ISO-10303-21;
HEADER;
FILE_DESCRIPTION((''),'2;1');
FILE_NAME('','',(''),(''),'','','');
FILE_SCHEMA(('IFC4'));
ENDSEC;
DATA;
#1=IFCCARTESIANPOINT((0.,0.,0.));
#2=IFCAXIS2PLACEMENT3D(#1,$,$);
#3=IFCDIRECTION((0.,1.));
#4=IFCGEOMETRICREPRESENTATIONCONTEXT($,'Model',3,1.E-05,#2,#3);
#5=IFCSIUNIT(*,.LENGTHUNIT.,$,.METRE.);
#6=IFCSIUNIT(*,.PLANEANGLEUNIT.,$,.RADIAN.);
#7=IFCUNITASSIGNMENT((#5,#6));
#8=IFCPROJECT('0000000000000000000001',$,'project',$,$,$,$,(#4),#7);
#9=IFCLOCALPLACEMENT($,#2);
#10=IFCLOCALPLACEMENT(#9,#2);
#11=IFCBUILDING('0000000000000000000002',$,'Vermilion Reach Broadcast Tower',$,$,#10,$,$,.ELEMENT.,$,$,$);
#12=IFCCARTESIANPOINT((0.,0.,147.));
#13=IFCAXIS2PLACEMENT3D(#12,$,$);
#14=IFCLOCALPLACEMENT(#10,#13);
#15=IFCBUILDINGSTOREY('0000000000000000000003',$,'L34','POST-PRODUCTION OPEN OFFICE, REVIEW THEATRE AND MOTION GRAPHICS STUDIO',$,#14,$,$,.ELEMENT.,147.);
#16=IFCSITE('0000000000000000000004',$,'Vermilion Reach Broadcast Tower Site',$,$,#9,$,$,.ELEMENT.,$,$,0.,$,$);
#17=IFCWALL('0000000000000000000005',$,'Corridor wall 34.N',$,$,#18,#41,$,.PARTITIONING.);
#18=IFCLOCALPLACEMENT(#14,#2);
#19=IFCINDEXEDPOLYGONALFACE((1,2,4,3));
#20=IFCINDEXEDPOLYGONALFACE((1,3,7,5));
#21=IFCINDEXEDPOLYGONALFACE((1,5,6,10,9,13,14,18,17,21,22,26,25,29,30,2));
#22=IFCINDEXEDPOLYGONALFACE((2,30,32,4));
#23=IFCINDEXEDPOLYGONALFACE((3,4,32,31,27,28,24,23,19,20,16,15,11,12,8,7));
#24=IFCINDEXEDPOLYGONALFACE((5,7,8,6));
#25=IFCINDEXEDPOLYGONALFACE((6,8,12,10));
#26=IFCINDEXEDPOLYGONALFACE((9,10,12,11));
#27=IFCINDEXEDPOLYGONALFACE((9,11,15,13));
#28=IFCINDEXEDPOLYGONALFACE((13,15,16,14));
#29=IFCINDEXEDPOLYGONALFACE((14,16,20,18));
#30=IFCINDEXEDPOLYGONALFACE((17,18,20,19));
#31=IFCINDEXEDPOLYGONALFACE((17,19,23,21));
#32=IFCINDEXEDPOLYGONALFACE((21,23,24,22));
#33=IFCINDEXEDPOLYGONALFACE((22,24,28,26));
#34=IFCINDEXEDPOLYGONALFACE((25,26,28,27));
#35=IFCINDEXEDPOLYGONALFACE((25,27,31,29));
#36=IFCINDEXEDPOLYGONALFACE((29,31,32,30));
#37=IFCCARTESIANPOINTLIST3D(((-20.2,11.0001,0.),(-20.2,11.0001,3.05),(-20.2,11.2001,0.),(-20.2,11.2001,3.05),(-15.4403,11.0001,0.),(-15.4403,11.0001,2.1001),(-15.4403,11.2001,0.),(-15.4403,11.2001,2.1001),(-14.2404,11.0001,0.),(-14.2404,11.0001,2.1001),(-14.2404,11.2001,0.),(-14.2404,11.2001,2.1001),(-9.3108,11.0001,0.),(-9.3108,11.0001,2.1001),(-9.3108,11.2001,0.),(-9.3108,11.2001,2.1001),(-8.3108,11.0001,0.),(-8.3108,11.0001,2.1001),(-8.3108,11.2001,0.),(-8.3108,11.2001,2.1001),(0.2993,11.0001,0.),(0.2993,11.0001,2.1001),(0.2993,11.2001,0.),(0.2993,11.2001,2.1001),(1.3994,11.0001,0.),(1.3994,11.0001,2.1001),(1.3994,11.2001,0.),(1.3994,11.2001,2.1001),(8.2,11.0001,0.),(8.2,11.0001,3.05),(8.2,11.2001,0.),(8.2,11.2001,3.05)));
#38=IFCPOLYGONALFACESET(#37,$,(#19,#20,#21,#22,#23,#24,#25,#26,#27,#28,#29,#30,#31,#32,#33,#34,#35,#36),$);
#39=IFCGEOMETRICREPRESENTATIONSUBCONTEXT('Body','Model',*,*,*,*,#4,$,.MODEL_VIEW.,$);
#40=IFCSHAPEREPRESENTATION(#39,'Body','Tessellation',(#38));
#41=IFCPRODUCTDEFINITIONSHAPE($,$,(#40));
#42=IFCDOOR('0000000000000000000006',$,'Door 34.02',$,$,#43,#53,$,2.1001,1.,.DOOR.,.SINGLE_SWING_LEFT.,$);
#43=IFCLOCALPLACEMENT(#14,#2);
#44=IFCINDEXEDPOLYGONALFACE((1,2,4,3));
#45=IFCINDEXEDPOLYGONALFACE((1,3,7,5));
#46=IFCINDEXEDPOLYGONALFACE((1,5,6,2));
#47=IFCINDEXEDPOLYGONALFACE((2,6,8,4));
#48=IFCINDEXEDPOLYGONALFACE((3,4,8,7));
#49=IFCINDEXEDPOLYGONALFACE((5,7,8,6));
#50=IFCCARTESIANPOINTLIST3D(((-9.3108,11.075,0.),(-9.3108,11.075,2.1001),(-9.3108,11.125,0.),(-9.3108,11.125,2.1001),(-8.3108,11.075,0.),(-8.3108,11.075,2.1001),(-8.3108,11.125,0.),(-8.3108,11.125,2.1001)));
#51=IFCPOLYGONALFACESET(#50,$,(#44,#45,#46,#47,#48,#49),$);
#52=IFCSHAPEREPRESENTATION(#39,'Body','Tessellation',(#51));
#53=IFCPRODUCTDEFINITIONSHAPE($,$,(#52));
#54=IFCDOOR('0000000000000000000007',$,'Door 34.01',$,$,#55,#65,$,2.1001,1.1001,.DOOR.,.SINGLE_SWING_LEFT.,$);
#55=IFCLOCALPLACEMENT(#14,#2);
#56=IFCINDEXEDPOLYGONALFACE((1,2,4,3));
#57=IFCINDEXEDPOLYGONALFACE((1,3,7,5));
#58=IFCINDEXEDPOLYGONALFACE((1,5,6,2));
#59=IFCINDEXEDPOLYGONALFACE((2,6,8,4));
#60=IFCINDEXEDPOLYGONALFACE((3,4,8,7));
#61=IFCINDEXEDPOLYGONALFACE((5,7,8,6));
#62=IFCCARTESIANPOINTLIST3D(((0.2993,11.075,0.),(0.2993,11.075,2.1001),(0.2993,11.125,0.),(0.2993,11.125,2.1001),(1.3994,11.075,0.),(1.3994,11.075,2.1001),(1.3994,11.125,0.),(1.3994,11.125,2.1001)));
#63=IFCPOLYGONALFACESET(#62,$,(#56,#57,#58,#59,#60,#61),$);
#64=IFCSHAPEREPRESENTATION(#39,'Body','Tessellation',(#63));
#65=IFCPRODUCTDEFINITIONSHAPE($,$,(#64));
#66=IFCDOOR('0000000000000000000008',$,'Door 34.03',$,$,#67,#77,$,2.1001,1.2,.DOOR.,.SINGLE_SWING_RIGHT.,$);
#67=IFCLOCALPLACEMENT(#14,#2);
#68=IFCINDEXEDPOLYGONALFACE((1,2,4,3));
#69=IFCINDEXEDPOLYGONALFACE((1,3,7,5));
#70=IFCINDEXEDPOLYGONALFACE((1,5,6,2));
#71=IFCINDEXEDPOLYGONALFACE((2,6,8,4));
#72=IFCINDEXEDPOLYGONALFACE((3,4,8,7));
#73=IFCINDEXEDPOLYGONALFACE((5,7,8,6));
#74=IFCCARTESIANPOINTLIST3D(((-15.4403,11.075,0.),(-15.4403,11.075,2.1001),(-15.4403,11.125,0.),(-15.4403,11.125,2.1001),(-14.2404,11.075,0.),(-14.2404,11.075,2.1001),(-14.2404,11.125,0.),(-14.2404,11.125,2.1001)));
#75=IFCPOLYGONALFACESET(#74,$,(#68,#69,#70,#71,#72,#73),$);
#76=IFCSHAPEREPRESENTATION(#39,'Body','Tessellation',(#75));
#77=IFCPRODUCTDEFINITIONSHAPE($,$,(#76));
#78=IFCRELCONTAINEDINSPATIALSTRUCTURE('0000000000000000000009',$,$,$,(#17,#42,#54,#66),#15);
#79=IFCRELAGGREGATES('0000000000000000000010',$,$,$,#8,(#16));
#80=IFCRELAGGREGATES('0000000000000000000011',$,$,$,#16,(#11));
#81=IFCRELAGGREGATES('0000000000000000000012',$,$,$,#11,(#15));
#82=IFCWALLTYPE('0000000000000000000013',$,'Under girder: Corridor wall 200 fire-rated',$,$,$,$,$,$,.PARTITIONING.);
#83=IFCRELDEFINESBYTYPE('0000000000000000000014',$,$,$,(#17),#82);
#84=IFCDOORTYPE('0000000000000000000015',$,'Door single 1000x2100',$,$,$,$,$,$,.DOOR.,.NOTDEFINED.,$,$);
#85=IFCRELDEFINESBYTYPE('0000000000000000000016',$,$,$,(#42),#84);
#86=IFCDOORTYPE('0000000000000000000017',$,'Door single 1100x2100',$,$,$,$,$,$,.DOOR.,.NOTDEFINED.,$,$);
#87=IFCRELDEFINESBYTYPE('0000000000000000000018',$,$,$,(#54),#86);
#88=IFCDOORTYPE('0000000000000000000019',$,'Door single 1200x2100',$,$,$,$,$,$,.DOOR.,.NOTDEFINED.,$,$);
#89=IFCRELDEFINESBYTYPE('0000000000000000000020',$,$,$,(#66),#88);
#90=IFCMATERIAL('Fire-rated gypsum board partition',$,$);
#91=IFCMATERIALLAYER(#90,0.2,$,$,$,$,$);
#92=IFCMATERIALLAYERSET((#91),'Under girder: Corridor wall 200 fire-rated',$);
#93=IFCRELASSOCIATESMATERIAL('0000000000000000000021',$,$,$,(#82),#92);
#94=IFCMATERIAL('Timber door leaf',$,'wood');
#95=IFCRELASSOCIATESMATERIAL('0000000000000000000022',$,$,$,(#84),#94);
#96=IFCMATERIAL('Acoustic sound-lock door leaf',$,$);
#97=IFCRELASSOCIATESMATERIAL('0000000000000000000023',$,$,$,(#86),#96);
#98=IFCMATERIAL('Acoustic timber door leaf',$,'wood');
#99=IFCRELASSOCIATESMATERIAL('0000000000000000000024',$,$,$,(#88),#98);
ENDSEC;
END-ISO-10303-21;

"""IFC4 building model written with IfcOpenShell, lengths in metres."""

from ifc_helpers import new_model, si_unit, direction, frame, frame_2d, origin, place, context, subcontext, project, spatial, rectangle, extrude, material, layer, layer_set, type_object, element, fill, save


model = new_model("IFC4")

# Units and contexts
model_context = context("Model", 3, precision=1e-05, world=origin(), true_north=direction((0.0, 1.0)))
body_context = subcontext(model_context, "Body", "Model", "MODEL_VIEW")
ifc_project = project(units=[si_unit("LENGTHUNIT", "METRE"), si_unit("PLANEANGLEUNIT", "RADIAN")], contexts=[model_context])

# Site, building, storey
site_placement = place(None, origin())
site = spatial("IfcSite", under=ifc_project, at=site_placement, Name="Vermilion Reach Broadcast Tower Site", CompositionType="ELEMENT", RefElevation=0.0)
building_placement = place(site_placement, origin())
building = spatial("IfcBuilding", under=site, at=building_placement, Name="Vermilion Reach Broadcast Tower", CompositionType="ELEMENT")
storey_placement = place(building_placement, frame((0.0, 0.0, 147.0)))
storey = spatial("IfcBuildingStorey", under=building, at=storey_placement, Name="L34", Description="POST-PRODUCTION OPEN OFFICE, REVIEW THEATRE AND MOTION GRAPHICS STUDIO", CompositionType="ELEMENT", Elevation=147.0)

# Wall, openings, doors
ifc_material_1 = material(Name="Fire-rated gypsum board partition")
ifc_layer_1 = layer(ifc_material_1, 0.2)
ifc_layer_set_1 = layer_set([ifc_layer_1], Name="Under girder: Corridor wall 200 fire-rated")
wall_type_1 = type_object("IfcWallType", Name="Under girder: Corridor wall 200 fire-rated", PredefinedType="PARTITIONING", material=ifc_layer_set_1)
wall_1_placement = place(storey_placement, frame((-20.2, 11.1001, 0.0), z_axis=(0.0, 0.0, 1.0), x_axis=(1.0, 0.0, 0.0)))
wall_1 = element("IfcWall", 1, at=wall_1_placement, inside=storey, type_object=wall_type_1, Name="Corridor wall 34.N", PredefinedType="PARTITIONING", context=body_context, shape_type="SweptSolid", body=[
    extrude(rectangle(XDim=28.3999, YDim=0.2, at=frame_2d((14.2, 0.0))), origin(), (0.0, 0.0, 1.0), 3.05),
])
opening_1_placement = place(wall_1_placement, frame((20.4993, 0.0, 0.0)))
opening_1 = element("IfcOpeningElement", 2, at=opening_1_placement, cuts=wall_1, PredefinedType="OPENING", context=body_context, shape_type="SweptSolid", body=[
    extrude(rectangle(XDim=1.1001, YDim=2.1001, at=frame_2d((0.55, 1.05))), frame((0.0, 0.1099, 0.0), z_axis=(0.0, -1.0, 0.0), x_axis=(1.0, 0.0, 0.0)), (0.0, 0.0, 1.0), 0.22),
])
opening_2_placement = place(wall_1_placement, frame((10.8892, 0.0, 0.0)))
opening_2 = element("IfcOpeningElement", 3, at=opening_2_placement, cuts=wall_1, PredefinedType="OPENING", context=body_context, shape_type="SweptSolid", body=[
    extrude(rectangle(XDim=1.0, YDim=2.1001, at=frame_2d((0.5, 1.05))), frame((0.0, 0.1099, 0.0), z_axis=(0.0, -1.0, 0.0), x_axis=(1.0, 0.0, 0.0)), (0.0, 0.0, 1.0), 0.22),
])
opening_3_placement = place(wall_1_placement, frame((4.7595, 0.0, 0.0)))
opening_3 = element("IfcOpeningElement", 4, at=opening_3_placement, cuts=wall_1, PredefinedType="OPENING", context=body_context, shape_type="SweptSolid", body=[
    extrude(rectangle(XDim=1.2, YDim=2.1001, at=frame_2d((0.6001, 1.05))), frame((0.0, 0.1099, 0.0), z_axis=(0.0, -1.0, 0.0), x_axis=(1.0, 0.0, 0.0)), (0.0, 0.0, 1.0), 0.22),
])
ifc_material_2 = material(Name="Timber door leaf", Category="wood")
door_type_1 = type_object("IfcDoorType", Name="Door single 1000x2100", OperationType="NOTDEFINED", PredefinedType="DOOR", material=ifc_material_2)
door_1_placement = place(opening_2_placement, origin())
door_1 = element("IfcDoor", 5, at=door_1_placement, inside=storey, type_object=door_type_1, Name="Door 34.02", OperationType="SINGLE_SWING_LEFT", OverallHeight=2.1001, OverallWidth=1.0, PredefinedType="DOOR", context=body_context, shape_type="SweptSolid", body=[
    extrude(rectangle(XDim=1.0, YDim=2.1001, at=frame_2d((0.5, 1.05))), frame((0.0, 0.0249, 0.0), z_axis=(0.0, -1.0, 0.0), x_axis=(1.0, 0.0, 0.0)), (0.0, 0.0, 1.0), 0.05),
])
fill(opening_2, door_1)
ifc_material_3 = material(Name="Acoustic sound-lock door leaf")
door_type_2 = type_object("IfcDoorType", Name="Door single 1100x2100", OperationType="NOTDEFINED", PredefinedType="DOOR", material=ifc_material_3)
door_2_placement = place(opening_1_placement, origin())
door_2 = element("IfcDoor", 6, at=door_2_placement, inside=storey, type_object=door_type_2, Name="Door 34.01", OperationType="SINGLE_SWING_LEFT", OverallHeight=2.1001, OverallWidth=1.1001, PredefinedType="DOOR", context=body_context, shape_type="SweptSolid", body=[
    extrude(rectangle(XDim=1.1001, YDim=2.1001, at=frame_2d((0.55, 1.05))), frame((0.0, 0.0249, 0.0), z_axis=(0.0, -1.0, 0.0), x_axis=(1.0, 0.0, 0.0)), (0.0, 0.0, 1.0), 0.05),
])
fill(opening_1, door_2)
ifc_material_4 = material(Name="Acoustic timber door leaf", Category="wood")
door_type_3 = type_object("IfcDoorType", Name="Door single 1200x2100", OperationType="NOTDEFINED", PredefinedType="DOOR", material=ifc_material_4)
door_3_placement = place(opening_3_placement, origin())
door_3 = element("IfcDoor", 7, at=door_3_placement, inside=storey, type_object=door_type_3, Name="Door 34.03", OperationType="SINGLE_SWING_RIGHT", OverallHeight=2.1001, OverallWidth=1.2, PredefinedType="DOOR", context=body_context, shape_type="SweptSolid", body=[
    extrude(rectangle(XDim=1.2, YDim=2.1001, at=frame_2d((0.6001, 1.05))), frame((0.0, 0.0249, 0.0), z_axis=(0.0, -1.0, 0.0), x_axis=(1.0, 0.0, 0.0)), (0.0, 0.0, 1.0), 0.05),
])
fill(opening_3, door_3)

save(model, "model.ifc")
